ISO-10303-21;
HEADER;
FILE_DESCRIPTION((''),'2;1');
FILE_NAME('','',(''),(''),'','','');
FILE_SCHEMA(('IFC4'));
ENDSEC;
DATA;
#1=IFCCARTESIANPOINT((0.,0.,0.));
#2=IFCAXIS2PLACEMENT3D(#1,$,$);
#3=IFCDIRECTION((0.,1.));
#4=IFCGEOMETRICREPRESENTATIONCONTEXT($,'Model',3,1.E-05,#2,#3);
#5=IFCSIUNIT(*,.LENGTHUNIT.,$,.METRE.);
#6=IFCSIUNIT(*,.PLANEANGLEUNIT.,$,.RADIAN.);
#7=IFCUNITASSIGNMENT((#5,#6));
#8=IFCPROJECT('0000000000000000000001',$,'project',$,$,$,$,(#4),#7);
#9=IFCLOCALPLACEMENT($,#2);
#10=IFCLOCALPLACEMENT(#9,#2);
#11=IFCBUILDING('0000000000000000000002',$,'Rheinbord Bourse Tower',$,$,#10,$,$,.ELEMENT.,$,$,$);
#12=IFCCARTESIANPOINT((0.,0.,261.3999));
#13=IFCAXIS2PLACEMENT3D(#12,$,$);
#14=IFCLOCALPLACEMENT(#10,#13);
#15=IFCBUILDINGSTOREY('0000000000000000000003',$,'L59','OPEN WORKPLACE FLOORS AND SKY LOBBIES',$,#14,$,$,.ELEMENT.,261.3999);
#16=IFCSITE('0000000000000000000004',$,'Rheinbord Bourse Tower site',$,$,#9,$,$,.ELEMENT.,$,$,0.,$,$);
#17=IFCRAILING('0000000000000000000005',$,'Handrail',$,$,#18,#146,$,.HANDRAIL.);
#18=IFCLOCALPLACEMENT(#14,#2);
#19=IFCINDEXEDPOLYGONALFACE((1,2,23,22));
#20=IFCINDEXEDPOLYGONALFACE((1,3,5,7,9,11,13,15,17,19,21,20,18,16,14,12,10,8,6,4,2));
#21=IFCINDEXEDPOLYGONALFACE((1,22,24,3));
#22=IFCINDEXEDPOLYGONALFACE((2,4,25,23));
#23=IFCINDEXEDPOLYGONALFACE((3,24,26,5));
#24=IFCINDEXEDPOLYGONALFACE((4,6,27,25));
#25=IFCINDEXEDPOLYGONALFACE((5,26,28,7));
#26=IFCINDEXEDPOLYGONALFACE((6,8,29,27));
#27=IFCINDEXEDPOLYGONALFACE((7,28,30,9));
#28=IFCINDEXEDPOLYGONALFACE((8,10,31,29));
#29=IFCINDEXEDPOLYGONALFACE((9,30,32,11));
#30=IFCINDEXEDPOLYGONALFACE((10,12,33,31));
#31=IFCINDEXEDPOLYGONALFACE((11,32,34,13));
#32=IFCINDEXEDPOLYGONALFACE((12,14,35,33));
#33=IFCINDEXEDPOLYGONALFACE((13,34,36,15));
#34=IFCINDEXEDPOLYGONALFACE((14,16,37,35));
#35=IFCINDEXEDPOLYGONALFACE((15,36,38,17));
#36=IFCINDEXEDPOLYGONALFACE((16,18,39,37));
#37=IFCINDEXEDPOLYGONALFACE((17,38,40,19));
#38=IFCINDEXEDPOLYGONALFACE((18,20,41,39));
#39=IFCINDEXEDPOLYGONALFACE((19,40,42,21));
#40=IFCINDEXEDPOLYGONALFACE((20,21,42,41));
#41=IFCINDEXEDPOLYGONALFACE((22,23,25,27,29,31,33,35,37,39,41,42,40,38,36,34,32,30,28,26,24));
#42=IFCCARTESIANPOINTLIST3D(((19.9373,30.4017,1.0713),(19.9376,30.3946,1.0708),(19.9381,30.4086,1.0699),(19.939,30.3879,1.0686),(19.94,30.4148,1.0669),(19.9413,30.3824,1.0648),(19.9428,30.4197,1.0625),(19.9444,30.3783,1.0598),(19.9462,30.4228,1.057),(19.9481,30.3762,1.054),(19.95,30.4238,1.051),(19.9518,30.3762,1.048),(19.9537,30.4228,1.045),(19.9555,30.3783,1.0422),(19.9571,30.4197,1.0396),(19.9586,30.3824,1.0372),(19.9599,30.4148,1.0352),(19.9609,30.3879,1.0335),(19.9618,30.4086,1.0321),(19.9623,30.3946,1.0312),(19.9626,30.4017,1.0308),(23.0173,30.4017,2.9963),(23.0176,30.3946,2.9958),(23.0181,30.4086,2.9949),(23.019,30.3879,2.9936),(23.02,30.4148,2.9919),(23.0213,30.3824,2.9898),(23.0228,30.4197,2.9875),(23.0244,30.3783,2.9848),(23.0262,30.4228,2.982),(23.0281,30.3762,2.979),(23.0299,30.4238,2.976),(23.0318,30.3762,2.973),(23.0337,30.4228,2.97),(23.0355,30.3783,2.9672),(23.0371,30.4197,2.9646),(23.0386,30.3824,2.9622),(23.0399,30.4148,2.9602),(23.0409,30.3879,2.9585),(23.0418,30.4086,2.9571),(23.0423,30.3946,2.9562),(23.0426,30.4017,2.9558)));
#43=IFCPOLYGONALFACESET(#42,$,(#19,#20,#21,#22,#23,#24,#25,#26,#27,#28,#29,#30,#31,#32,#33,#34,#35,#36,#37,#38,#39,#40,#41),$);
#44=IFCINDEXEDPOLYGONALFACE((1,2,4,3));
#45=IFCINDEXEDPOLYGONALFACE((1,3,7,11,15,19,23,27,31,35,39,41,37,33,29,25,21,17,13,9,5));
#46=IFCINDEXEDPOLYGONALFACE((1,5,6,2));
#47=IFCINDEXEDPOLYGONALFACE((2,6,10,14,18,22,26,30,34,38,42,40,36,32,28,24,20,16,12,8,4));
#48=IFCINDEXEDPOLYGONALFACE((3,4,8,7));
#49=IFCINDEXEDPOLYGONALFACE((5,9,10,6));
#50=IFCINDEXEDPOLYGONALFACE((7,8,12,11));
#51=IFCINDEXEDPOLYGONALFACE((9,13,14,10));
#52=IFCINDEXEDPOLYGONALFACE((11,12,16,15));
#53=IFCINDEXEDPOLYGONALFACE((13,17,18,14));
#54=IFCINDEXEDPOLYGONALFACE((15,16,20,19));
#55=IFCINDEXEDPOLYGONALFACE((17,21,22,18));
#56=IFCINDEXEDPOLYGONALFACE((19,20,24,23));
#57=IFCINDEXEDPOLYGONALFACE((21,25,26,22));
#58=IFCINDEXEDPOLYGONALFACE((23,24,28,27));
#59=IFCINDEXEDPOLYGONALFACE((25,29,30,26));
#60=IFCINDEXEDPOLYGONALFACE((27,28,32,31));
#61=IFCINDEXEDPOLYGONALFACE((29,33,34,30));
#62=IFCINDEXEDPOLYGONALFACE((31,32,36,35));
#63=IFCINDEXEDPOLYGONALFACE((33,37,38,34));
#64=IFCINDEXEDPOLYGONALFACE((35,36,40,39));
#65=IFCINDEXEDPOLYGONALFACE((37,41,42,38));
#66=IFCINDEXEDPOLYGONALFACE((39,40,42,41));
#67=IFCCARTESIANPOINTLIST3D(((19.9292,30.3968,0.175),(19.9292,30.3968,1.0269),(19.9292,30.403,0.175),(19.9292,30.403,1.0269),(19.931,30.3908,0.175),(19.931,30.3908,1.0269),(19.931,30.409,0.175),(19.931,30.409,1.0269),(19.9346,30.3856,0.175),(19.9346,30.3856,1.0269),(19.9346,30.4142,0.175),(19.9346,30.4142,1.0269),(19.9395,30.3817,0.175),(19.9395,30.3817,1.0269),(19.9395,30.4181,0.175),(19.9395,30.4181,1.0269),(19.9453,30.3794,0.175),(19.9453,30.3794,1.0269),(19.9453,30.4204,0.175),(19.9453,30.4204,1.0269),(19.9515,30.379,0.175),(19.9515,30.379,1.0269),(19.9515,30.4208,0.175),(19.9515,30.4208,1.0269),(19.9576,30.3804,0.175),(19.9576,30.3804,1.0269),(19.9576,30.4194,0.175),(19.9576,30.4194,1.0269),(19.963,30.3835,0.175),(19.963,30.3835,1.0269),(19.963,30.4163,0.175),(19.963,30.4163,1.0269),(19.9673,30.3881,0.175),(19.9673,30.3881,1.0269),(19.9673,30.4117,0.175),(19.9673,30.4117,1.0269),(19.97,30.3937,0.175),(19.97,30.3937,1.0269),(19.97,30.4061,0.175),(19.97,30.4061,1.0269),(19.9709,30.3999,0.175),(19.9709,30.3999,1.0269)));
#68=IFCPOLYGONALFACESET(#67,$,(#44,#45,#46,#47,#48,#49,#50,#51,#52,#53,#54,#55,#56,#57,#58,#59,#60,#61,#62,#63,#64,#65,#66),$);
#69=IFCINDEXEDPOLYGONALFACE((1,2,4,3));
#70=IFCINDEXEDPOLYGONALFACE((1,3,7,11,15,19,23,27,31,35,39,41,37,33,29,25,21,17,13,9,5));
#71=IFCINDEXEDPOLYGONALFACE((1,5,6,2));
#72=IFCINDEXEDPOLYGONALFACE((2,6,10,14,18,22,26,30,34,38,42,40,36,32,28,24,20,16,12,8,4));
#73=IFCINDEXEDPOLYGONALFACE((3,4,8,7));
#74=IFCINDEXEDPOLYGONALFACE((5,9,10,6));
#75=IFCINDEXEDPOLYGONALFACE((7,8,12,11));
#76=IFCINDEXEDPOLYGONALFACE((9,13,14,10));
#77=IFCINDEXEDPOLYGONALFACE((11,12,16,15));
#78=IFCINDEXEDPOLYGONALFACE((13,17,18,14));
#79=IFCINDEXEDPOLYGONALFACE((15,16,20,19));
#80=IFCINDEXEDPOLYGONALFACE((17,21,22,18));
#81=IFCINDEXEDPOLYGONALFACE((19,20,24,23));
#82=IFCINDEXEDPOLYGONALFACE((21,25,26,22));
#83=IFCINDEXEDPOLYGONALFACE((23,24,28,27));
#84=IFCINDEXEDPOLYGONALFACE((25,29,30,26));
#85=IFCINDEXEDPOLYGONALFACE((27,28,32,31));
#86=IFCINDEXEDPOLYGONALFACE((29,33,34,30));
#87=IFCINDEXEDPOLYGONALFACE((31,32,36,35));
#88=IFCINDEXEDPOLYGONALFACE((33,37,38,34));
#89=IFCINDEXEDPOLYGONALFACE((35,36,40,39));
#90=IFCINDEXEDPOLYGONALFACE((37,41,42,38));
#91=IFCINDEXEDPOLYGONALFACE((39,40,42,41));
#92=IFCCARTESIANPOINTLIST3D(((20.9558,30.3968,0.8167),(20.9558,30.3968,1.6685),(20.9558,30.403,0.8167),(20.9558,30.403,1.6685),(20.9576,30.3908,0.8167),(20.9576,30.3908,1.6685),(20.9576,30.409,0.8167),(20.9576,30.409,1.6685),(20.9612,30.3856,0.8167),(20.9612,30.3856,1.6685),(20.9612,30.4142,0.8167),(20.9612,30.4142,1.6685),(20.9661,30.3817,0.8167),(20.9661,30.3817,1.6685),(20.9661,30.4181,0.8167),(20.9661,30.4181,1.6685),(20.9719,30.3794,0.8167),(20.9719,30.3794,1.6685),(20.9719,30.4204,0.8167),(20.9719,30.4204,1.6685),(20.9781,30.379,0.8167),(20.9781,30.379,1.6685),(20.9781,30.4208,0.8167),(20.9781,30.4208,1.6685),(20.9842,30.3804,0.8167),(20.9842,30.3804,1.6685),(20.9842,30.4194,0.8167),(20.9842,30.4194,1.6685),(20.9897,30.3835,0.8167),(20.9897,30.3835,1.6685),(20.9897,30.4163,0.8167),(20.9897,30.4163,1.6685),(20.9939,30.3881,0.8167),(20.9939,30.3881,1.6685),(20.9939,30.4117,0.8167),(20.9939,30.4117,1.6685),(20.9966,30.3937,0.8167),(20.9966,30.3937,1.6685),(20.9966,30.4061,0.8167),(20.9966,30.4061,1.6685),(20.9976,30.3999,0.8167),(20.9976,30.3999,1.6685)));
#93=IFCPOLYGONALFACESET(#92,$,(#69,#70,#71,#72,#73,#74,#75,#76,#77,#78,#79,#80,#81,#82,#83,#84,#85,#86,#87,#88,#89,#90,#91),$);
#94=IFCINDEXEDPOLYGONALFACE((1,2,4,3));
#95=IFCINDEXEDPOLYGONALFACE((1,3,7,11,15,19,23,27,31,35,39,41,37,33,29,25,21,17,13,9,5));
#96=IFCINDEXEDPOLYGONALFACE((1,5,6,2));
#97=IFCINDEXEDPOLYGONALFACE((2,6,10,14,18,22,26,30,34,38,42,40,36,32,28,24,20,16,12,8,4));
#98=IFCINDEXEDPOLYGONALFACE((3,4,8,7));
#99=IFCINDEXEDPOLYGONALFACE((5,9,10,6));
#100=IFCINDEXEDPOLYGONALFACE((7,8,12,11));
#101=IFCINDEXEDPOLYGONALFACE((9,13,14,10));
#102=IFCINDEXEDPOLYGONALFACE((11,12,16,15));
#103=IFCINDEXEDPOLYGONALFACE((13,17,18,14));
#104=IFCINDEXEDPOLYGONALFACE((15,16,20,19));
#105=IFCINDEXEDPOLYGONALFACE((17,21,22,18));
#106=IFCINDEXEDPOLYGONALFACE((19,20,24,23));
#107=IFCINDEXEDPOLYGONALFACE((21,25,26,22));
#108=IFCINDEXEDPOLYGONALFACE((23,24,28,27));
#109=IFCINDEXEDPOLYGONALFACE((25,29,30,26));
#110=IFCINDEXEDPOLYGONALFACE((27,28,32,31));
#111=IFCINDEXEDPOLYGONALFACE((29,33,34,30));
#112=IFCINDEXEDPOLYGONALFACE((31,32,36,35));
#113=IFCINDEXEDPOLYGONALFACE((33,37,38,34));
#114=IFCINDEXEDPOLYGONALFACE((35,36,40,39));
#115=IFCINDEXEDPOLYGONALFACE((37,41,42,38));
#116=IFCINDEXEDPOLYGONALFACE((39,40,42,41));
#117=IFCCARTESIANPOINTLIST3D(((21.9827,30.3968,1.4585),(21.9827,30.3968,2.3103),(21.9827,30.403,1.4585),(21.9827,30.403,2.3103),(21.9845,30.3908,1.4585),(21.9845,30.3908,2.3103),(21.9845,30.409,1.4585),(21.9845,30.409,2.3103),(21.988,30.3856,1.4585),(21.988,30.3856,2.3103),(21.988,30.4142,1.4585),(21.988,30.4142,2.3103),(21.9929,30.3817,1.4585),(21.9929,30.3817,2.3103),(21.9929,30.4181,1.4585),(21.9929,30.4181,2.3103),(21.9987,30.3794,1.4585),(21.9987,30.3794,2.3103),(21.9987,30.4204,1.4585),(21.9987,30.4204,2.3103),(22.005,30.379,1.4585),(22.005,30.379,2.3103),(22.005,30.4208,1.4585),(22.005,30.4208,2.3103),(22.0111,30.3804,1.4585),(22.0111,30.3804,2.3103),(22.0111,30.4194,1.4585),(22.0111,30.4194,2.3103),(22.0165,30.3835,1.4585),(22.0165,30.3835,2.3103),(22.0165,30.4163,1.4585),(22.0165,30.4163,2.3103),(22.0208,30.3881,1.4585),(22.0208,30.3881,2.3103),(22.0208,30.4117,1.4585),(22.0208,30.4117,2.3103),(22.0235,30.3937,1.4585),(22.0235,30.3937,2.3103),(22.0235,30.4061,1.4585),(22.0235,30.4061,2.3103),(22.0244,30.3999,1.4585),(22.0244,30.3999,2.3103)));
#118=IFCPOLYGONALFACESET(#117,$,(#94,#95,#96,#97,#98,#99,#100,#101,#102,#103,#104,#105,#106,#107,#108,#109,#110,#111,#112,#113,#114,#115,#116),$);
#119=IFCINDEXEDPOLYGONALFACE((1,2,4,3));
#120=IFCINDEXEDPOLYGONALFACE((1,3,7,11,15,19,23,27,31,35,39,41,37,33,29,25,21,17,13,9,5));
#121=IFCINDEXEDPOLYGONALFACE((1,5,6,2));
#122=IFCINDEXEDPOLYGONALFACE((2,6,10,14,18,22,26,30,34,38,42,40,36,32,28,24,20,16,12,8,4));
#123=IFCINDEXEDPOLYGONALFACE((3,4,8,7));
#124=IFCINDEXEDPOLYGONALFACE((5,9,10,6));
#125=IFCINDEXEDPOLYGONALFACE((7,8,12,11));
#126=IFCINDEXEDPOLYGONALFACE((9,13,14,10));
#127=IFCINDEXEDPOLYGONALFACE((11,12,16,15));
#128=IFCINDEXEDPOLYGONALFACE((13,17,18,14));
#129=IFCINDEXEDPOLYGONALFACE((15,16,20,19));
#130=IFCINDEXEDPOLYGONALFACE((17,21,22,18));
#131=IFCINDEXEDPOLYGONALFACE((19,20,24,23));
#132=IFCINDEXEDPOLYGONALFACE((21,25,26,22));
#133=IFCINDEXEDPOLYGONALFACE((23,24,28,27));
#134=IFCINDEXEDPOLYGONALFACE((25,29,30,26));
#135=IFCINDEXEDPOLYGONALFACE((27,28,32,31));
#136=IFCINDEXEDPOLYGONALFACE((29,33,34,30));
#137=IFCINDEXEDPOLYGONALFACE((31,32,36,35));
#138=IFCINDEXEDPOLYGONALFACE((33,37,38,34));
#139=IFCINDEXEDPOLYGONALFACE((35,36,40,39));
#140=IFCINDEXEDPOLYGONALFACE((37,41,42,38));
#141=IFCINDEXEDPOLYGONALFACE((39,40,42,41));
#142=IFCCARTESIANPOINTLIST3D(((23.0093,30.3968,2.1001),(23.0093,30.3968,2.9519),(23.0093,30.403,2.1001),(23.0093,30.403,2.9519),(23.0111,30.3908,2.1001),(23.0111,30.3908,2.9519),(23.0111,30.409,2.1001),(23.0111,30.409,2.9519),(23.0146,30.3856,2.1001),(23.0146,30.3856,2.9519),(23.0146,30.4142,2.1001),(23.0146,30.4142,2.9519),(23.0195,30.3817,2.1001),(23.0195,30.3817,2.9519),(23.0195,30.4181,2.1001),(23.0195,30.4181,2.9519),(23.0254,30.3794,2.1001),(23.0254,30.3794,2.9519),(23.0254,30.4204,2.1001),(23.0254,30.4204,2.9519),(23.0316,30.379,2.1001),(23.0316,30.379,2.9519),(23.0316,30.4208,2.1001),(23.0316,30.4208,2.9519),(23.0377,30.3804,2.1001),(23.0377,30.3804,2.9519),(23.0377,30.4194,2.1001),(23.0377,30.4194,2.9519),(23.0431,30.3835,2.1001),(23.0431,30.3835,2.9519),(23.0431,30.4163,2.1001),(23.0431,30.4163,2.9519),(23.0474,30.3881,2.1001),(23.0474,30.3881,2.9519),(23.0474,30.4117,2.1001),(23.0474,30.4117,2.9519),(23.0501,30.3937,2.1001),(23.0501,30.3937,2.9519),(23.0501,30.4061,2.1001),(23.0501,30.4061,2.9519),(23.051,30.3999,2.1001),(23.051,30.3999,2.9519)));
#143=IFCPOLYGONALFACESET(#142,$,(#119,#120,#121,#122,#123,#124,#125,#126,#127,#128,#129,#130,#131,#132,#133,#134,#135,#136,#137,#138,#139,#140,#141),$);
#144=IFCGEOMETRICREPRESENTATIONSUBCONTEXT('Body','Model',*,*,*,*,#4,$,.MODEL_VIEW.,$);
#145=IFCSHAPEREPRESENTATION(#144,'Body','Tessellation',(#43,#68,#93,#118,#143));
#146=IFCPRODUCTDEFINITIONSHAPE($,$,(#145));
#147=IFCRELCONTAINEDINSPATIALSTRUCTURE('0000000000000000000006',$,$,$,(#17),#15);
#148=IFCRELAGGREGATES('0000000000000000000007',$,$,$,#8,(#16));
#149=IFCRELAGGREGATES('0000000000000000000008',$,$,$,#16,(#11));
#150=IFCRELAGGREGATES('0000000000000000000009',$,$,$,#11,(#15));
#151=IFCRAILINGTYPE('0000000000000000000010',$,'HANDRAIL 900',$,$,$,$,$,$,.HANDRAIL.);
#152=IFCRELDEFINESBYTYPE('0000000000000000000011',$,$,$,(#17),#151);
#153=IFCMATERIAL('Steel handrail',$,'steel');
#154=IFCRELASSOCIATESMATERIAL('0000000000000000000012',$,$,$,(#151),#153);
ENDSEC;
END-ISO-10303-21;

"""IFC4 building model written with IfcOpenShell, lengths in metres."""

from ifc_helpers import new_model, si_unit, direction, frame, origin, origin_2d, place, context, subcontext, project, spatial, circle, extrude, material, type_object, element, save


model = new_model("IFC4")

# Units and contexts
model_context = context("Model", 3, precision=1e-05, world=origin(), true_north=direction((0.0, 1.0)))
body_context = subcontext(model_context, "Body", "Model", "MODEL_VIEW")
ifc_project = project(units=[si_unit("LENGTHUNIT", "METRE"), si_unit("PLANEANGLEUNIT", "RADIAN")], contexts=[model_context])

# Site, building, storey
site_placement = place(None, origin())
site = spatial("IfcSite", under=ifc_project, at=site_placement, Name="Rheinbord Bourse Tower site", CompositionType="ELEMENT", RefElevation=0.0)
building_placement = place(site_placement, origin())
building = spatial("IfcBuilding", under=site, at=building_placement, Name="Rheinbord Bourse Tower", CompositionType="ELEMENT")
storey_placement = place(building_placement, frame((0.0, 0.0, 261.3999)))
storey = spatial("IfcBuildingStorey", under=building, at=storey_placement, Name="L59", Description="OPEN WORKPLACE FLOORS AND SKY LOBBIES", CompositionType="ELEMENT", Elevation=261.3999)

# Railing
ifc_material_1 = material(Name="Steel handrail", Category="steel")
railing_type = type_object("IfcRailingType", Name="HANDRAIL 900", PredefinedType="HANDRAIL", material=ifc_material_1)
railing_placement = place(storey_placement, frame((19.95, 30.3999, 0.175)))
element("IfcRailing", 1, at=railing_placement, inside=storey, type_object=railing_type, Name="Handrail", PredefinedType="HANDRAIL", context=body_context, shape_type="SweptSolid", body=[
    extrude(circle(Radius=0.0239, at=origin_2d()), frame((0.0, 0.0, 0.876), z_axis=(0.847998, 0.0, 0.529999), x_axis=(0.0, 1.0, 0.0)), (0.0, 0.0, 1.0), 3.6321),
    extrude(circle(Radius=0.021, at=origin_2d()), origin(), (0.0, 0.0, 1.0), 0.8518),
    extrude(circle(Radius=0.021, at=origin_2d()), frame((1.0266, 0.0, 0.6416)), (0.0, 0.0, 1.0), 0.8518),
    extrude(circle(Radius=0.021, at=origin_2d()), frame((2.0535, 0.0, 1.2834)), (0.0, 0.0, 1.0), 0.8518),
    extrude(circle(Radius=0.021, at=origin_2d()), frame((3.0801, 0.0, 1.925)), (0.0, 0.0, 1.0), 0.8518),
])

save(model, "model.ifc")
